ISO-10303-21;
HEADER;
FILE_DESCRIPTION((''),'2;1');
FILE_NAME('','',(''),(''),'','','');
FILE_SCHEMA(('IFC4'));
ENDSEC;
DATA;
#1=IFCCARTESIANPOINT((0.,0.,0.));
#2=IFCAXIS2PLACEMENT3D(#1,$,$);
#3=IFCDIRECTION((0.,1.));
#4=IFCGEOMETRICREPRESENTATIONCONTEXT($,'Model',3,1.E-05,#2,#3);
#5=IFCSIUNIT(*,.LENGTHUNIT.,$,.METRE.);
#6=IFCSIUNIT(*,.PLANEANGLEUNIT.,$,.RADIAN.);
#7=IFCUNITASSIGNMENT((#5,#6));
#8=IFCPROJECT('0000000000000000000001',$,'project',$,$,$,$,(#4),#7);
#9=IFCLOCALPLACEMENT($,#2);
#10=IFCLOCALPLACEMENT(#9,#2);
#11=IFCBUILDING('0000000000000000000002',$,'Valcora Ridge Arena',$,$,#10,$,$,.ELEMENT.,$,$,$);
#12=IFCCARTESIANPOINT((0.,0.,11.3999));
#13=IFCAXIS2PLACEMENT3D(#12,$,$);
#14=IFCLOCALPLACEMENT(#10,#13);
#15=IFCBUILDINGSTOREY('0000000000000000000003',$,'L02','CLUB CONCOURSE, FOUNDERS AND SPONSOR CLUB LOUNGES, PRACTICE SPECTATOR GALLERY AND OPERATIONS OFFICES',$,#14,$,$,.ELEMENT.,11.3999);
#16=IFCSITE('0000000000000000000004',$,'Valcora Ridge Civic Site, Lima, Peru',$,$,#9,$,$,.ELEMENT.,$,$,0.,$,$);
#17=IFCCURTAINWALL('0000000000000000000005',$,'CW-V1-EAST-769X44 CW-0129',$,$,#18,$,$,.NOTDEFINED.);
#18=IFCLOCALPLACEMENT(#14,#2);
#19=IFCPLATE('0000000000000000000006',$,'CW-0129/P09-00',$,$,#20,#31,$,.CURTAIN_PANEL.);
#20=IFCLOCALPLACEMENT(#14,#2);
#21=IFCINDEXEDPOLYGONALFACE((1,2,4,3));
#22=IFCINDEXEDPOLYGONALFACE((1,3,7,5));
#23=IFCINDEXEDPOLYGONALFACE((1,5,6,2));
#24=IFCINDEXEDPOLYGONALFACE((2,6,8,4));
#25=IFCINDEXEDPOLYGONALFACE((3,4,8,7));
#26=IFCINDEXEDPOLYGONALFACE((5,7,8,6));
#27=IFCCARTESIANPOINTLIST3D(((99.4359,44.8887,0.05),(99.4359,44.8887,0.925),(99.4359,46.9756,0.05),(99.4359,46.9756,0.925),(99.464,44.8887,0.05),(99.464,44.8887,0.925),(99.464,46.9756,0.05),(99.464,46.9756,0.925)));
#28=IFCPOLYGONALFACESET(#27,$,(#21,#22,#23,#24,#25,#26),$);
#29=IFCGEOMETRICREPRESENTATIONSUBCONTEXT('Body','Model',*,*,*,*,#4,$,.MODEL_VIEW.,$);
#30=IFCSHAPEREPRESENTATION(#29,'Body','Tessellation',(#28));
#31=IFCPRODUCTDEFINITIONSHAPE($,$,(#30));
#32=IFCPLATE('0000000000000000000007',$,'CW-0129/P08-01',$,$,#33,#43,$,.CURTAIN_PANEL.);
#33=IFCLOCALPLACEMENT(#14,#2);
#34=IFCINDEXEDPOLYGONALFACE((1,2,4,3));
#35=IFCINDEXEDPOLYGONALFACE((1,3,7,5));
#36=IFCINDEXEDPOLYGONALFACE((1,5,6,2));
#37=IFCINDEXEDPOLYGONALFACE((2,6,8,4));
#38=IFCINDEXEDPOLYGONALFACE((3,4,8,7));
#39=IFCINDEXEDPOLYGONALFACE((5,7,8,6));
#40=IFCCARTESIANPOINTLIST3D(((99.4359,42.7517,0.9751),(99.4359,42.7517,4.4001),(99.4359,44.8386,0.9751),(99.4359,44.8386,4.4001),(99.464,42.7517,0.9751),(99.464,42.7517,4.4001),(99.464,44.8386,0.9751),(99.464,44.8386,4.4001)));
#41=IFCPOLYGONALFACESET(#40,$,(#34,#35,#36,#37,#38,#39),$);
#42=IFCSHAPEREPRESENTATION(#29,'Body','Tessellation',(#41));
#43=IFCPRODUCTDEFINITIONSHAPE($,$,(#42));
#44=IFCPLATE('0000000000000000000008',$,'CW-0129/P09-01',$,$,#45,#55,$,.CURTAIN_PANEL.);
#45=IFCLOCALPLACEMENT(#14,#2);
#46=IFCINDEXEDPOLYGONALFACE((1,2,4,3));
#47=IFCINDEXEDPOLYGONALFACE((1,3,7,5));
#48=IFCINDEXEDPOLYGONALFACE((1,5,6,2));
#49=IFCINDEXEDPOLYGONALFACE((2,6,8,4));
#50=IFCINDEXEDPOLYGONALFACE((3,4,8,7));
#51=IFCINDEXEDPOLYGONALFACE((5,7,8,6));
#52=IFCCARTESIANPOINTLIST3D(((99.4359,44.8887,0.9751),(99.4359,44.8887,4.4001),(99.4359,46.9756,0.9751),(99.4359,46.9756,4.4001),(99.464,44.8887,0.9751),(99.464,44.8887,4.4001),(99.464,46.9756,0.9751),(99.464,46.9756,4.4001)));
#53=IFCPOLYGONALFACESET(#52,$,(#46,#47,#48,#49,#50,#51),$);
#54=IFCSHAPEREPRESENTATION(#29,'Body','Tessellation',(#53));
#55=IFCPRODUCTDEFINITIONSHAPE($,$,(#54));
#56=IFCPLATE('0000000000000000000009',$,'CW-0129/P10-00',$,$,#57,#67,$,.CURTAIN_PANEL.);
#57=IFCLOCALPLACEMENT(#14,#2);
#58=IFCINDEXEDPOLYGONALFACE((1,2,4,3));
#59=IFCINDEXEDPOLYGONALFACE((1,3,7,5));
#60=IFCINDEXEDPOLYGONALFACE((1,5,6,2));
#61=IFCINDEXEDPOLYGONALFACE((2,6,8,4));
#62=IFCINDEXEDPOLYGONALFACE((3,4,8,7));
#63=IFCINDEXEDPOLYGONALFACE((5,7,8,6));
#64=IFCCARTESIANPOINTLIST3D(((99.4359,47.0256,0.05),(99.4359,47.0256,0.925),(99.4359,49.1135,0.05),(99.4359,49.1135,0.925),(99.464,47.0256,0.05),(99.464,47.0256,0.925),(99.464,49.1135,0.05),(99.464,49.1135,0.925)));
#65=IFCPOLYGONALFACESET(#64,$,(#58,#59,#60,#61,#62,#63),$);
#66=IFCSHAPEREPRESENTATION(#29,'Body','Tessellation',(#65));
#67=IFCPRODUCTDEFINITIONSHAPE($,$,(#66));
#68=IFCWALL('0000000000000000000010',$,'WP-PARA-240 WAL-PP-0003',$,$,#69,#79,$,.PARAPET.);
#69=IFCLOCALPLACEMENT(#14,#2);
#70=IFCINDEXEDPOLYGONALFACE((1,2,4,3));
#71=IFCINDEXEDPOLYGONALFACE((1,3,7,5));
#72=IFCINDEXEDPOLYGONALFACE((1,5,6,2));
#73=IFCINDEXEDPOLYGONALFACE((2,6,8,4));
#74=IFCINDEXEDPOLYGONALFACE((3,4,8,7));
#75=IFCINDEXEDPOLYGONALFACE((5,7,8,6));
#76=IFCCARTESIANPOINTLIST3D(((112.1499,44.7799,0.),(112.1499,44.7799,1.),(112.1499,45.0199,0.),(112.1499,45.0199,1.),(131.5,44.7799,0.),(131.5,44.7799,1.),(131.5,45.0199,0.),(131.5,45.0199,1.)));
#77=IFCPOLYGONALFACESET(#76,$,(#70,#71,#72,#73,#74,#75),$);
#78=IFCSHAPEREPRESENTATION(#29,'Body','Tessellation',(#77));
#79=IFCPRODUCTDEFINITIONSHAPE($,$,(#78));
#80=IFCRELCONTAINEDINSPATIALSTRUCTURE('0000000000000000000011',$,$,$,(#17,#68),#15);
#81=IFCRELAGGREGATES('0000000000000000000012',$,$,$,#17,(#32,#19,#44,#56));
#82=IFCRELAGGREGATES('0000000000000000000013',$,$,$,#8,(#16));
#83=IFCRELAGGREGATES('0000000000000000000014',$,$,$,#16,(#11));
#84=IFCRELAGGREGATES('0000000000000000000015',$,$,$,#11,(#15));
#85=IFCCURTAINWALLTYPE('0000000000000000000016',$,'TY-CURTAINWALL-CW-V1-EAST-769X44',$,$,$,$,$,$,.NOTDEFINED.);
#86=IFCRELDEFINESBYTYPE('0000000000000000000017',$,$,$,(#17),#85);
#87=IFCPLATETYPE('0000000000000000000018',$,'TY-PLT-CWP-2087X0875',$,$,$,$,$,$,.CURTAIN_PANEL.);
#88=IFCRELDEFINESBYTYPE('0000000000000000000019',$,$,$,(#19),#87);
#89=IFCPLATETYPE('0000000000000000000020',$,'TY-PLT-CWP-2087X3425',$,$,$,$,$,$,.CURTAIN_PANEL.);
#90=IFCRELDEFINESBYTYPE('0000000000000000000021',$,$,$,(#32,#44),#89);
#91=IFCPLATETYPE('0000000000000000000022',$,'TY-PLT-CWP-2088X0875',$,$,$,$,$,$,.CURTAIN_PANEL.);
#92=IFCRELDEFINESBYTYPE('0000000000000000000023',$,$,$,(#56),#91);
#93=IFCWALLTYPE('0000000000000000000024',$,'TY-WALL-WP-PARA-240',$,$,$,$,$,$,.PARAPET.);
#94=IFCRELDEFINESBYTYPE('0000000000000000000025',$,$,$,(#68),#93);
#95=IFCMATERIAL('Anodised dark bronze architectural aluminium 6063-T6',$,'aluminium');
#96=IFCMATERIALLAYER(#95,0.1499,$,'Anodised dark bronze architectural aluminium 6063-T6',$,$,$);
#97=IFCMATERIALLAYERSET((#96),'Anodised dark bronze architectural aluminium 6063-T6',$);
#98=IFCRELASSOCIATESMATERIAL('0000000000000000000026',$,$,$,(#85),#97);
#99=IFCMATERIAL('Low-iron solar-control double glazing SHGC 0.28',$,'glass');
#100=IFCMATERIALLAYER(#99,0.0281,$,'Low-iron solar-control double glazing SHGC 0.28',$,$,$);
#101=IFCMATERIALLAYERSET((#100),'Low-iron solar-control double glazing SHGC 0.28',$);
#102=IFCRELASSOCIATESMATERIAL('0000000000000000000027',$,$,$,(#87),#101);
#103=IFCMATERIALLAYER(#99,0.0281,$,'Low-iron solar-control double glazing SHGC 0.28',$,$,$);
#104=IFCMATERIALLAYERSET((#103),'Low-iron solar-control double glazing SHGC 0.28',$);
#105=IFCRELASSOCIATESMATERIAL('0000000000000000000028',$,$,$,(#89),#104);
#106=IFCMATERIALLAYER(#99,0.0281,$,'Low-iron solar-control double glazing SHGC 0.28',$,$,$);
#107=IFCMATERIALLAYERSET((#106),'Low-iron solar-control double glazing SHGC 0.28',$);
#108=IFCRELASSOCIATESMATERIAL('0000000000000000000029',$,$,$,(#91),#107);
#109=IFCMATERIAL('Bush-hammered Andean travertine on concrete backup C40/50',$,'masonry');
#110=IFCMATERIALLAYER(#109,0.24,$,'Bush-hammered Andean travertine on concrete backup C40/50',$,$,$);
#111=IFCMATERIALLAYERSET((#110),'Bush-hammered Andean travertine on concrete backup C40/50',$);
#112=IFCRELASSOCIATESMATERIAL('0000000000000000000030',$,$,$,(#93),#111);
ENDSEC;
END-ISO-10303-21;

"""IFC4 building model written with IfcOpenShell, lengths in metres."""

from ifc_helpers import new_model, si_unit, direction, frame, frame_2d, origin, origin_2d, place, context, subcontext, project, spatial, rectangle, extrude, material, layer, layer_set, type_object, element, aggregate, save


model = new_model("IFC4")

# Units and contexts
model_context = context("Model", 3, precision=1e-05, world=origin(), true_north=direction((0.0, 1.0)))
body_context = subcontext(model_context, "Body", "Model", "MODEL_VIEW")
ifc_project = project(units=[si_unit("LENGTHUNIT", "METRE"), si_unit("PLANEANGLEUNIT", "RADIAN")], contexts=[model_context])

# Site, building, storey
site_placement = place(None, origin())
site = spatial("IfcSite", under=ifc_project, at=site_placement, Name="Valcora Ridge Civic Site, Lima, Peru", CompositionType="ELEMENT", RefElevation=0.0)
building_placement = place(site_placement, origin())
building = spatial("IfcBuilding", under=site, at=building_placement, Name="Valcora Ridge Arena", CompositionType="ELEMENT")
storey_placement = place(building_placement, frame((0.0, 0.0, 11.3999)))
storey = spatial("IfcBuildingStorey", under=building, at=storey_placement, Name="L02", Description="CLUB CONCOURSE, FOUNDERS AND SPONSOR CLUB LOUNGES, PRACTICE SPECTATOR GALLERY AND OPERATIONS OFFICES", CompositionType="ELEMENT", Elevation=11.3999)

# Curtain wall
ifc_material_1 = material(Name="Anodised dark bronze architectural aluminium 6063-T6", Category="aluminium")
ifc_layer_1 = layer(ifc_material_1, 0.1499, Name="Anodised dark bronze architectural aluminium 6063-T6")
ifc_layer_set_1 = layer_set([ifc_layer_1], Name="Anodised dark bronze architectural aluminium 6063-T6")
curtain_wall_type = type_object("IfcCurtainWallType", Name="TY-CURTAINWALL-CW-V1-EAST-769X44", PredefinedType="NOTDEFINED", material=ifc_layer_set_1)
curtain_wall_placement = place(storey_placement, origin())
curtain_wall = element("IfcCurtainWall", 1, at=curtain_wall_placement, inside=storey, type_object=curtain_wall_type, Name="CW-V1-EAST-769X44 CW-0129", PredefinedType="NOTDEFINED")

# Plates
ifc_material_2 = material(Name="Low-iron solar-control double glazing SHGC 0.28", Category="glass")
ifc_layer_2 = layer(ifc_material_2, 0.0281, Name="Low-iron solar-control double glazing SHGC 0.28")
ifc_layer_set_2 = layer_set([ifc_layer_2], Name="Low-iron solar-control double glazing SHGC 0.28")
plate_type_1 = type_object("IfcPlateType", Name="TY-PLT-CWP-2087X0875", PredefinedType="CURTAIN_PANEL", material=ifc_layer_set_2)
plate_1_placement = place(storey_placement, frame((99.45, 45.9321, 0.05), z_axis=(0.0, 0.0, 1.0), x_axis=(0.0, 1.0, 0.0)))
plate_1 = element("IfcPlate", 2, at=plate_1_placement, type_object=plate_type_1, Name="CW-0129/P09-00", PredefinedType="CURTAIN_PANEL", context=body_context, shape_type="SweptSolid", body=[
    extrude(rectangle(XDim=2.0869, YDim=0.0281, at=origin_2d()), origin(), (0.0, 0.0, 1.0), 0.875),
])
ifc_layer_3 = layer(ifc_material_2, 0.0281, Name="Low-iron solar-control double glazing SHGC 0.28")
ifc_layer_set_3 = layer_set([ifc_layer_3], Name="Low-iron solar-control double glazing SHGC 0.28")
plate_type_2 = type_object("IfcPlateType", Name="TY-PLT-CWP-2087X3425", PredefinedType="CURTAIN_PANEL", material=ifc_layer_set_3)
plate_2_placement = place(storey_placement, frame((99.45, 43.7952, 0.9751), z_axis=(0.0, 0.0, 1.0), x_axis=(0.0, 1.0, 0.0)))
plate_2 = element("IfcPlate", 3, at=plate_2_placement, type_object=plate_type_2, Name="CW-0129/P08-01", PredefinedType="CURTAIN_PANEL", context=body_context, shape_type="SweptSolid", body=[
    extrude(rectangle(XDim=2.0869, YDim=0.0281, at=origin_2d()), origin(), (0.0, 0.0, 1.0), 3.425),
])
plate_3_placement = place(storey_placement, frame((99.45, 45.9321, 0.9751), z_axis=(0.0, 0.0, 1.0), x_axis=(0.0, 1.0, 0.0)))
plate_3 = element("IfcPlate", 4, at=plate_3_placement, type_object=plate_type_2, Name="CW-0129/P09-01", PredefinedType="CURTAIN_PANEL", context=body_context, shape_type="SweptSolid", body=[
    extrude(rectangle(XDim=2.0869, YDim=0.0281, at=origin_2d()), origin(), (0.0, 0.0, 1.0), 3.425),
])
ifc_layer_4 = layer(ifc_material_2, 0.0281, Name="Low-iron solar-control double glazing SHGC 0.28")
ifc_layer_set_4 = layer_set([ifc_layer_4], Name="Low-iron solar-control double glazing SHGC 0.28")
plate_type_3 = type_object("IfcPlateType", Name="TY-PLT-CWP-2088X0875", PredefinedType="CURTAIN_PANEL", material=ifc_layer_set_4)
plate_4_placement = place(storey_placement, frame((99.45, 48.0696, 0.05), z_axis=(0.0, 0.0, 1.0), x_axis=(0.0, 1.0, 0.0)))
plate_4 = element("IfcPlate", 5, at=plate_4_placement, type_object=plate_type_3, Name="CW-0129/P10-00", PredefinedType="CURTAIN_PANEL", context=body_context, shape_type="SweptSolid", body=[
    extrude(rectangle(XDim=2.0879, YDim=0.0281, at=origin_2d()), origin(), (0.0, 0.0, 1.0), 0.875),
])
aggregate(curtain_wall, [plate_2, plate_1, plate_3, plate_4])

# Wall
ifc_material_3 = material(Name="Bush-hammered Andean travertine on concrete backup C40/50", Category="masonry")
ifc_layer_5 = layer(ifc_material_3, 0.24, Name="Bush-hammered Andean travertine on concrete backup C40/50")
ifc_layer_set_5 = layer_set([ifc_layer_5], Name="Bush-hammered Andean travertine on concrete backup C40/50")
wall_type = type_object("IfcWallType", Name="TY-WALL-WP-PARA-240", PredefinedType="PARAPET", material=ifc_layer_set_5)
wall_placement = place(storey_placement, frame((112.1499, 44.8999, 0.0), z_axis=(0.0, 0.0, 1.0), x_axis=(1.0, 0.0, 0.0)))
element("IfcWall", 6, at=wall_placement, inside=storey, type_object=wall_type, Name="WP-PARA-240 WAL-PP-0003", PredefinedType="PARAPET", context=body_context, shape_type="SweptSolid", body=[
    extrude(rectangle(XDim=19.3501, YDim=0.24, at=frame_2d((9.675, 0.0))), origin(), (0.0, 0.0, 1.0), 1.0),
])

save(model, "model.ifc")
